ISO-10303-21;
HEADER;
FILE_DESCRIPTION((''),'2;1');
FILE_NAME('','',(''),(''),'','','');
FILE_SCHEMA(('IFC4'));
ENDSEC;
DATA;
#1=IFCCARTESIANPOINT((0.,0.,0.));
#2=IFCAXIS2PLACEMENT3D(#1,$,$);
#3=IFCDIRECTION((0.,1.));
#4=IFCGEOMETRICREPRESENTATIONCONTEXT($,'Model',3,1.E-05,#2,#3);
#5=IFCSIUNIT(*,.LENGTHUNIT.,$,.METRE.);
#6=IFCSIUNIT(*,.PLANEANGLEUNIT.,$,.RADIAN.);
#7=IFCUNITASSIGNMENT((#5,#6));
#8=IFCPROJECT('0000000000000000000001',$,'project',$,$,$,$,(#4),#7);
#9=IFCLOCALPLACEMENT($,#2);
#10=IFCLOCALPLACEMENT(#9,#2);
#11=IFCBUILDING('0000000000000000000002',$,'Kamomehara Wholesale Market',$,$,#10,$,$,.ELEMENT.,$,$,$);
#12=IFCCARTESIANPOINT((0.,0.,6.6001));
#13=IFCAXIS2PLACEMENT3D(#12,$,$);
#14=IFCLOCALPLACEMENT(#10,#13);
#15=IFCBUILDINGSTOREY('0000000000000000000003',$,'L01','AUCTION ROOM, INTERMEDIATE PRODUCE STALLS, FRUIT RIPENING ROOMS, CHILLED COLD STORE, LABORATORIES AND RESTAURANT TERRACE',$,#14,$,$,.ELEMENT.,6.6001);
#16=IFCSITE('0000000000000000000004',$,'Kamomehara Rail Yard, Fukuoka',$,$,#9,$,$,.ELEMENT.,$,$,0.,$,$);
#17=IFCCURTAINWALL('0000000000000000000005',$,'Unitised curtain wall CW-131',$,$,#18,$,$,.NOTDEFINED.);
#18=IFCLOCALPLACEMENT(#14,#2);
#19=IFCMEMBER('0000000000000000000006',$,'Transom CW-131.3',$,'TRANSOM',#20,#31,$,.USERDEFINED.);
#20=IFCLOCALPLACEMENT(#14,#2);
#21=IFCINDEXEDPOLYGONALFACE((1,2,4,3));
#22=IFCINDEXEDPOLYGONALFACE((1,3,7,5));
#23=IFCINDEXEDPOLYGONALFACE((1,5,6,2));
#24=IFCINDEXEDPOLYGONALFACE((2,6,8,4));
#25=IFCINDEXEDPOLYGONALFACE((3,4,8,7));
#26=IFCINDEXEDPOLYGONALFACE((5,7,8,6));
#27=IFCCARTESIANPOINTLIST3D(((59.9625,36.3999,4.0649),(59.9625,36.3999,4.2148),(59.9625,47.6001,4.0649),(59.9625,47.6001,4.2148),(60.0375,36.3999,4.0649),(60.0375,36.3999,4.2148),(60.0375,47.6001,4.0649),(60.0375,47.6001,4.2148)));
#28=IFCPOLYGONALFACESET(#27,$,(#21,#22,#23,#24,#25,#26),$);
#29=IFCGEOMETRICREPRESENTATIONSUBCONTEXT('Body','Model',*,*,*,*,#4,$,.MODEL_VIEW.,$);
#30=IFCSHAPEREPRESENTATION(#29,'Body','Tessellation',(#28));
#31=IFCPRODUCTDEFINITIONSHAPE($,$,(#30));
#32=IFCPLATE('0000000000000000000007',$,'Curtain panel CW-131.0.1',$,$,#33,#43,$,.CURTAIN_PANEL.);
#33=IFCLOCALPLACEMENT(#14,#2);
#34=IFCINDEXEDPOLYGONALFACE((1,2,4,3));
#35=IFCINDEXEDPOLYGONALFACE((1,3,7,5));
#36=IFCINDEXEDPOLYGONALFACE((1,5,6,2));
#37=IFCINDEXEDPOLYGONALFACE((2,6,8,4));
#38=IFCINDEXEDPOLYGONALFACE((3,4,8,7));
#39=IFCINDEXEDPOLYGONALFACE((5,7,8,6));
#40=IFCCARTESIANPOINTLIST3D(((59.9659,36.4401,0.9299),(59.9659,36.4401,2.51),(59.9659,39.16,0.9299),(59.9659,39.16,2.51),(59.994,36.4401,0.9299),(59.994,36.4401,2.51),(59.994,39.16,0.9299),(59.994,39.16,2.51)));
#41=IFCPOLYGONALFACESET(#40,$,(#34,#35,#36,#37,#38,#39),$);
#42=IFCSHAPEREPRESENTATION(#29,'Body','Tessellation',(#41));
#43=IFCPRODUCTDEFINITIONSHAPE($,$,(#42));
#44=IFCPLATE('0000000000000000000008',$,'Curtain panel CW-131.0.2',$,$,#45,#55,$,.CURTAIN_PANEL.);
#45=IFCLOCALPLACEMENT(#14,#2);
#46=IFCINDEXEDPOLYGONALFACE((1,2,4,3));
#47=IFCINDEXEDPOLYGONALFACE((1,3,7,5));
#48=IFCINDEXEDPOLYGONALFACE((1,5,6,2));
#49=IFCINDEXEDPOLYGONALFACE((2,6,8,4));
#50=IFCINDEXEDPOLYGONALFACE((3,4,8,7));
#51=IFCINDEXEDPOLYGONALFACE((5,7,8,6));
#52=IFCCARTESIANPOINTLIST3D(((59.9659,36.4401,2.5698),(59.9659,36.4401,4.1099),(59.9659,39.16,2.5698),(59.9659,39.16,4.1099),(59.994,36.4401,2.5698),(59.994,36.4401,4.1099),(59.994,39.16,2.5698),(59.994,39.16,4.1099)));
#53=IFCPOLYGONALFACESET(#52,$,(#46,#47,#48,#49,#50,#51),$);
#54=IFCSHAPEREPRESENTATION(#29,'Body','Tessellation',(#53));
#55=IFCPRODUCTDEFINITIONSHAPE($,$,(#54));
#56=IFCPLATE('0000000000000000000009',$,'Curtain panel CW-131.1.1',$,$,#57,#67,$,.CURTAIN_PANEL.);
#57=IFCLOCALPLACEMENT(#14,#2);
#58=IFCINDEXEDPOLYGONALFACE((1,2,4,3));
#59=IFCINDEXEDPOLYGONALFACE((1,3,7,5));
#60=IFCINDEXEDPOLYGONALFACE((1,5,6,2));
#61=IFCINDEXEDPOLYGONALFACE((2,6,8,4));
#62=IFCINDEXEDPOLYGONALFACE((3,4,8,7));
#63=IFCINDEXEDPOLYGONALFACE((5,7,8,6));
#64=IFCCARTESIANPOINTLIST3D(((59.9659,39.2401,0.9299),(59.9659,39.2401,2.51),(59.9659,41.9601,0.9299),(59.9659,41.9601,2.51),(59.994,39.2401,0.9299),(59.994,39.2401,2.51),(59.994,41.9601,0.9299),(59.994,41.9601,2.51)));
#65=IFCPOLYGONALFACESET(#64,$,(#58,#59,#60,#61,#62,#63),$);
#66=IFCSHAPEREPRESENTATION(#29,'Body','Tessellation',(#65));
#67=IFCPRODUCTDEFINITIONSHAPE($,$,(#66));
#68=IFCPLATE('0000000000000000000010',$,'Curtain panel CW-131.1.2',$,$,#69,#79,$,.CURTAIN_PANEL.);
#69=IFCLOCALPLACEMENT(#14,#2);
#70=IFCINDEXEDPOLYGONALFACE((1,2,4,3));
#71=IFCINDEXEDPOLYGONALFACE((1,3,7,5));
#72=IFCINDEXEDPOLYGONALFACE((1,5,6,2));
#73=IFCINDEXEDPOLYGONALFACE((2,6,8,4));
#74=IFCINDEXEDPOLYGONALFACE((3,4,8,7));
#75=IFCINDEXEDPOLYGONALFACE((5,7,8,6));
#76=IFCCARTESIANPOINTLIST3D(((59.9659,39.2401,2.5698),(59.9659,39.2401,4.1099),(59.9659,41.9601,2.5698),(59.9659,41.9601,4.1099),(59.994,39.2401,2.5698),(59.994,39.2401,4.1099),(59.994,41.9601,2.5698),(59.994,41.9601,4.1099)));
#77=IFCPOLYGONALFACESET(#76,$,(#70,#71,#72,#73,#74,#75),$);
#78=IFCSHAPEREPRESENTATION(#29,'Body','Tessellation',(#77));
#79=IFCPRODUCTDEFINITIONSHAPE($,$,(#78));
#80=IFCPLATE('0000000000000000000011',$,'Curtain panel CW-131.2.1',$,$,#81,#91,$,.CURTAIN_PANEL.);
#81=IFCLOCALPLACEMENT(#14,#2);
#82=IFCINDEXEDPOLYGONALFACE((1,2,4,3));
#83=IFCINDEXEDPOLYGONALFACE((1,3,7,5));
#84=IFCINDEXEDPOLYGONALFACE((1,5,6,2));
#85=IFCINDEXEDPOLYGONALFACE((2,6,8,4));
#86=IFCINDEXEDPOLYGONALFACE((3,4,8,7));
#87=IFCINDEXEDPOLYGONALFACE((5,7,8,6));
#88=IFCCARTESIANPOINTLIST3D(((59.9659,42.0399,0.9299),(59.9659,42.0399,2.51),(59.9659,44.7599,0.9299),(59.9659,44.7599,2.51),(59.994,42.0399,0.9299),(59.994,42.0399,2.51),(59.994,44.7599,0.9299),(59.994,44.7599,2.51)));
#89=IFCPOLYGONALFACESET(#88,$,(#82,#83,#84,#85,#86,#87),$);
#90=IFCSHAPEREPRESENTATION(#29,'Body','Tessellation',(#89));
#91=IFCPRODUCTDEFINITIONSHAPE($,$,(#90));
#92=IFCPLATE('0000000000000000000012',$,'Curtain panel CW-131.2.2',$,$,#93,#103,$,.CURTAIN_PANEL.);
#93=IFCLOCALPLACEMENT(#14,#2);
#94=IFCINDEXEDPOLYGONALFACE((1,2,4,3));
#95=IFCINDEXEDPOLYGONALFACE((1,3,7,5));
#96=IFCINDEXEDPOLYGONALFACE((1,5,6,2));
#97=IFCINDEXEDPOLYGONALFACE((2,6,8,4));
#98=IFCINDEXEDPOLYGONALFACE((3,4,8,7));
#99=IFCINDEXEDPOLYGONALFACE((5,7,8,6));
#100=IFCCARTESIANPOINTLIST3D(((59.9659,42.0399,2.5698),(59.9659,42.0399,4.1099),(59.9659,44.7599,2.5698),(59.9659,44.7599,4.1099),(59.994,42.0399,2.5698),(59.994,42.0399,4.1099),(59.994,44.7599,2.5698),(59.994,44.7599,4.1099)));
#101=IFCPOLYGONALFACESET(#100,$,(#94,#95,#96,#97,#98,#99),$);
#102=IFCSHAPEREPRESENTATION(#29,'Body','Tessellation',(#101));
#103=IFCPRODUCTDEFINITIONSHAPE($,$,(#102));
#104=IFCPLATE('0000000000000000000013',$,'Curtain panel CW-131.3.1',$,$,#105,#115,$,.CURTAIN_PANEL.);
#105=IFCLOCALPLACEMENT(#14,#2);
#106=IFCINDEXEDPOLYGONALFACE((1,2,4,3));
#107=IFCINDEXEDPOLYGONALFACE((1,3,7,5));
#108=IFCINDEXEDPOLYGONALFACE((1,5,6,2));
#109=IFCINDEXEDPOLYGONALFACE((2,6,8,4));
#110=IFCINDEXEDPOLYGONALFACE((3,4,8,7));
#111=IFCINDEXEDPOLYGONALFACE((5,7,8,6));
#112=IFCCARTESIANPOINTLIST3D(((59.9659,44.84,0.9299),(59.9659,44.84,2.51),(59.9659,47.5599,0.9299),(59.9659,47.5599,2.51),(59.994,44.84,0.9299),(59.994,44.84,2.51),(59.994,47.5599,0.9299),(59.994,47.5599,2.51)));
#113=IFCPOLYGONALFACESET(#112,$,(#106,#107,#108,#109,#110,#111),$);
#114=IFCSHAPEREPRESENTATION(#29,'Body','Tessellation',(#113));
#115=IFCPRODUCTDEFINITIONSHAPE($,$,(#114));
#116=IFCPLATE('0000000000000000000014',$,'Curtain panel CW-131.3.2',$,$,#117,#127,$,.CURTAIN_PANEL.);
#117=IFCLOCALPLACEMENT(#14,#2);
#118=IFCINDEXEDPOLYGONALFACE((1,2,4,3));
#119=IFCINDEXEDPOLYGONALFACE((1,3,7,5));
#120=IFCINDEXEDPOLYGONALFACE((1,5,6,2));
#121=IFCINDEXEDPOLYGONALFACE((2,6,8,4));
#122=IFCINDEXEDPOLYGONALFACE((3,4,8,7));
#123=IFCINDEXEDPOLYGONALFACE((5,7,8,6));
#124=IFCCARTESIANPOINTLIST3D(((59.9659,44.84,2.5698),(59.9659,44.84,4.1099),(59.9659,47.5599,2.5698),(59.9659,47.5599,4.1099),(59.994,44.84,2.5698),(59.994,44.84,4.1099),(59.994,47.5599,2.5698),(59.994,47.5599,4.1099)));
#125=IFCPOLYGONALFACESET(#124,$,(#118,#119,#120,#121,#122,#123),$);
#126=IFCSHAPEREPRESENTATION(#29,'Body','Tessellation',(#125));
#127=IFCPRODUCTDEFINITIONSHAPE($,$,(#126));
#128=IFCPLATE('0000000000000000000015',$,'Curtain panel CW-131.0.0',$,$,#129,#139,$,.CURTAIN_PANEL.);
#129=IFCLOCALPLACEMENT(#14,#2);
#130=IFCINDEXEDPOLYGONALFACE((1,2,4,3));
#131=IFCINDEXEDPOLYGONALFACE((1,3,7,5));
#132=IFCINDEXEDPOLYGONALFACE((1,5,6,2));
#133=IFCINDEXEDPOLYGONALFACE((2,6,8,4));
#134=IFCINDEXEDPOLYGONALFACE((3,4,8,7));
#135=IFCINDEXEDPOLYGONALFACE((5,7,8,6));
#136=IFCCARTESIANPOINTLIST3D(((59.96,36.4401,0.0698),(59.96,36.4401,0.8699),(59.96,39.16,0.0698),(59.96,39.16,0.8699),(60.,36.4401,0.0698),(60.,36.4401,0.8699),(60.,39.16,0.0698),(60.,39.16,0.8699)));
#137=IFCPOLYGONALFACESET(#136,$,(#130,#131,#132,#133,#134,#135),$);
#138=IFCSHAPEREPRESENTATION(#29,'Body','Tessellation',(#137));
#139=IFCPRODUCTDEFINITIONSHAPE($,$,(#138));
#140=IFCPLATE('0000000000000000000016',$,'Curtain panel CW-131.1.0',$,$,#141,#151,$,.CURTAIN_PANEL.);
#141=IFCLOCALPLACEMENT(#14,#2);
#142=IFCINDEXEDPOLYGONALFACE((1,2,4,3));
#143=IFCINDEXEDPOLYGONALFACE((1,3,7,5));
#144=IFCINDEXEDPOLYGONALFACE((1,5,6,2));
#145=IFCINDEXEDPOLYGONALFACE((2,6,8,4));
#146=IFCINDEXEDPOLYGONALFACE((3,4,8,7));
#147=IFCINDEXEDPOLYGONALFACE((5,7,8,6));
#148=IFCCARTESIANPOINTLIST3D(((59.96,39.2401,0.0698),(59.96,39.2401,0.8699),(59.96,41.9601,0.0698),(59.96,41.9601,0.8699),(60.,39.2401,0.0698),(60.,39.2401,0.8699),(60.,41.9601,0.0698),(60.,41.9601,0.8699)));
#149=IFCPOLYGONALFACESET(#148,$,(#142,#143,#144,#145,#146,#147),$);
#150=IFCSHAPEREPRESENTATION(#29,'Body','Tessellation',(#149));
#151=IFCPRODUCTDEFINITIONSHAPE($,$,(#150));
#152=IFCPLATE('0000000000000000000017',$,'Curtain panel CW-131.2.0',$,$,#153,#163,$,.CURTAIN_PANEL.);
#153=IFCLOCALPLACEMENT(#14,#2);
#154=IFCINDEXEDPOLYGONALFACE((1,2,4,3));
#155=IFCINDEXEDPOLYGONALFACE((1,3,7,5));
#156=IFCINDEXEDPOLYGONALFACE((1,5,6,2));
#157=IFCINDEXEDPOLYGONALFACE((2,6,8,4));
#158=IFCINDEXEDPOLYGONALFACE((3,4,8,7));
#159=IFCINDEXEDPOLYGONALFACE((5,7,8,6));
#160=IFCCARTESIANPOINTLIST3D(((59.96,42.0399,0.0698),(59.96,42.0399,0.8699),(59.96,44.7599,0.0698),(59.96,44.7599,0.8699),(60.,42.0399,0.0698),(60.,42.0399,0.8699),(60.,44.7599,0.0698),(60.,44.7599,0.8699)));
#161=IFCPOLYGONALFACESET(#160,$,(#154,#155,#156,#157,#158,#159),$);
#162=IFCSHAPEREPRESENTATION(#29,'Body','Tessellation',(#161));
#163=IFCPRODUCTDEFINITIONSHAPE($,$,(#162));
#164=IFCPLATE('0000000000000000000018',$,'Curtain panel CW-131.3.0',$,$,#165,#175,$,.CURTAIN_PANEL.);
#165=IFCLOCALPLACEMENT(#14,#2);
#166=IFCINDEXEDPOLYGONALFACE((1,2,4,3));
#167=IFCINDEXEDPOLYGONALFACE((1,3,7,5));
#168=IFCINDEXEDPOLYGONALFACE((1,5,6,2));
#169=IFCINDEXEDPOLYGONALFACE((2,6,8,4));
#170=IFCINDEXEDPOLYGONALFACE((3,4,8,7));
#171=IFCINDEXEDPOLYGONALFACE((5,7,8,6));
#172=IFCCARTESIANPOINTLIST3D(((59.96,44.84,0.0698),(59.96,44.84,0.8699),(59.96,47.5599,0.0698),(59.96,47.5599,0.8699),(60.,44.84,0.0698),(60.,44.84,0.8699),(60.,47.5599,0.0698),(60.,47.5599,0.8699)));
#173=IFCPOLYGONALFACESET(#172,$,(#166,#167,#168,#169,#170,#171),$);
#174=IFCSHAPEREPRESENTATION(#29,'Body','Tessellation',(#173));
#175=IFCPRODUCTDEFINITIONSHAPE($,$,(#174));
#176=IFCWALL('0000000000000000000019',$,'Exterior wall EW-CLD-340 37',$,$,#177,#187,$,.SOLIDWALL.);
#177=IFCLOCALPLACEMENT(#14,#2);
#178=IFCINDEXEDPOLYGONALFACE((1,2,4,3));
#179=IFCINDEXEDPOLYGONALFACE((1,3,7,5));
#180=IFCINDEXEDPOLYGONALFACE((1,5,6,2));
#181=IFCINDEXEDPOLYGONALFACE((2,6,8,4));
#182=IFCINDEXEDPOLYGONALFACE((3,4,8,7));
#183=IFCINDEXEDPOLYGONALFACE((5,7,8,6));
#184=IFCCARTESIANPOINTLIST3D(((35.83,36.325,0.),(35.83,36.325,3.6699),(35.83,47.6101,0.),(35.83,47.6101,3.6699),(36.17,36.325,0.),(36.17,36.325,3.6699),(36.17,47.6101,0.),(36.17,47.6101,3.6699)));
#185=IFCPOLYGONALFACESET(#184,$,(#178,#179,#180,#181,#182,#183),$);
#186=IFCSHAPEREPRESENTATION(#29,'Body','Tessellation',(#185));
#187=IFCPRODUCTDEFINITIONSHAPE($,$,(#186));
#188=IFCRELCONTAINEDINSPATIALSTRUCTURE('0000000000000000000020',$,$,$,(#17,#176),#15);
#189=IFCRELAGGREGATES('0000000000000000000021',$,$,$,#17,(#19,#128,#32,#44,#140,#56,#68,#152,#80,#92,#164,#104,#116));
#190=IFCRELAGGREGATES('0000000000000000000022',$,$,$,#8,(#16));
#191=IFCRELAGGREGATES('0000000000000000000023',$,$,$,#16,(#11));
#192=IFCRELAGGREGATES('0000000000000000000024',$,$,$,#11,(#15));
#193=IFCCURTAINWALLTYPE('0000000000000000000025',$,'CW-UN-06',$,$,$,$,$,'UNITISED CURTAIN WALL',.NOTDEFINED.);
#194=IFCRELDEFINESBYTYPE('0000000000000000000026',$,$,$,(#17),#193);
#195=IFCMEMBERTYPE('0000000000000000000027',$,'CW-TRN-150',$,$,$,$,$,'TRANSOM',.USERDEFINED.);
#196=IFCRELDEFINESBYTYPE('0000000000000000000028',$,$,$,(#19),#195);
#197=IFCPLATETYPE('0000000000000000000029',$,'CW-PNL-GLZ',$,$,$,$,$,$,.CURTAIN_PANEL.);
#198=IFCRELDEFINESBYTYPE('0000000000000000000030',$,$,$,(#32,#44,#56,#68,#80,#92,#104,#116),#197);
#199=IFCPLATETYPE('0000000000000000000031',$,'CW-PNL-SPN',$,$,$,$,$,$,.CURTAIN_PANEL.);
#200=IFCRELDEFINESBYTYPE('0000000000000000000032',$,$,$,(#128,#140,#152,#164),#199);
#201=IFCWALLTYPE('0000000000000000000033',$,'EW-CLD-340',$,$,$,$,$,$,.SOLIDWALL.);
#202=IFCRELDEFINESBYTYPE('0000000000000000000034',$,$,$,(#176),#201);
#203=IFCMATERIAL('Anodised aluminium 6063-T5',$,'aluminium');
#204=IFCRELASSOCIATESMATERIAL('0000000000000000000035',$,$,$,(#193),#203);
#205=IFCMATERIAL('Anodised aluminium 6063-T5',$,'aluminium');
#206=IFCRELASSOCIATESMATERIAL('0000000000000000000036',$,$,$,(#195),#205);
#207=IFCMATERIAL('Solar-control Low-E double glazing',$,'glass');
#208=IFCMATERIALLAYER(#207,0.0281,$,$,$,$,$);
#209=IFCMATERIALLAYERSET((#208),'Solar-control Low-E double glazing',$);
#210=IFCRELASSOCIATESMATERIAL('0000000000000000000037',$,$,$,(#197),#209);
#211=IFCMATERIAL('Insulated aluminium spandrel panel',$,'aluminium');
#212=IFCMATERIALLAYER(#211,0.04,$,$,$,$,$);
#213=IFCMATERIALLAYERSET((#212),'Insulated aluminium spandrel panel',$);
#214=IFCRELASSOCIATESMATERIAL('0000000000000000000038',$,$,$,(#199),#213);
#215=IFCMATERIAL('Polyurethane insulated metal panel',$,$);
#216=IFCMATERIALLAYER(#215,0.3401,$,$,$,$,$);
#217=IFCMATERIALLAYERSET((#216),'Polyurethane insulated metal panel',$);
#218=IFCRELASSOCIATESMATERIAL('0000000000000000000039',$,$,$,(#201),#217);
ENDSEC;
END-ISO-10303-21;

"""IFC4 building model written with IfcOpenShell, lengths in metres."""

from ifc_helpers import new_model, si_unit, direction, frame, frame_2d, origin, origin_2d, place, context, subcontext, project, spatial, rectangle, extrude, material, layer, layer_set, material_profile, profile_set, type_object, element, aggregate, save


model = new_model("IFC4")

# Units and contexts
model_context = context("Model", 3, precision=1e-05, world=origin(), true_north=direction((0.0, 1.0)))
body_context = subcontext(model_context, "Body", "Model", "MODEL_VIEW")
ifc_project = project(units=[si_unit("LENGTHUNIT", "METRE"), si_unit("PLANEANGLEUNIT", "RADIAN")], contexts=[model_context])

# Site, building, storey
site_placement = place(None, origin())
site = spatial("IfcSite", under=ifc_project, at=site_placement, Name="Kamomehara Rail Yard, Fukuoka", CompositionType="ELEMENT", RefElevation=0.0)
building_placement = place(site_placement, origin())
building = spatial("IfcBuilding", under=site, at=building_placement, Name="Kamomehara Wholesale Market", CompositionType="ELEMENT")
storey_placement = place(building_placement, frame((0.0, 0.0, 6.6001)))
storey = spatial("IfcBuildingStorey", under=building, at=storey_placement, Name="L01", Description="AUCTION ROOM, INTERMEDIATE PRODUCE STALLS, FRUIT RIPENING ROOMS, CHILLED COLD STORE, LABORATORIES AND RESTAURANT TERRACE", CompositionType="ELEMENT", Elevation=6.6001)

# Curtain wall, member, plates
ifc_material_1 = material(Name="Anodised aluminium 6063-T5", Category="aluminium")
curtain_wall_type = type_object("IfcCurtainWallType", Name="CW-UN-06", ElementType="UNITISED CURTAIN WALL", PredefinedType="NOTDEFINED", material=ifc_material_1)
curtain_wall_placement = place(storey_placement, origin())
curtain_wall = element("IfcCurtainWall", 1, at=curtain_wall_placement, inside=storey, type_object=curtain_wall_type, Name="Unitised curtain wall CW-131", PredefinedType="NOTDEFINED")
ifc_material_2 = material(Name="Anodised aluminium 6063-T5", Category="aluminium")
ifc_material_profile_1 = material_profile(ifc_material_2, rectangle(XDim=0.075, YDim=0.1499, at=origin_2d()), Name="ALU-TRN-75x150")
ifc_profile_set_1 = profile_set([ifc_material_profile_1], Name="Anodised aluminium 6063-T5")
member_type_1 = type_object("IfcMemberType", Name="CW-TRN-150", ElementType="TRANSOM", PredefinedType="USERDEFINED", material=ifc_profile_set_1)
member_1_placement = place(storey_placement, frame((60.0, 36.3999, 4.1399), z_axis=(0.0, 1.0, 0.0), x_axis=(-1.0, 0.0, 0.0)))
member_1 = element("IfcMember", 2, at=member_1_placement, type_object=member_type_1, Name="Transom CW-131.3", ObjectType="TRANSOM", PredefinedType="USERDEFINED", context=body_context, shape_type="SweptSolid", body=[
    extrude(rectangle(XDim=0.075, YDim=0.1499, at=origin_2d()), origin(), (0.0, 0.0, 1.0), 11.2002),
])
ifc_material_3 = material(Name="Solar-control Low-E double glazing", Category="glass")
ifc_layer_1 = layer(ifc_material_3, 0.0281)
ifc_layer_set_1 = layer_set([ifc_layer_1], Name="Solar-control Low-E double glazing")
plate_type_1 = type_object("IfcPlateType", Name="CW-PNL-GLZ", PredefinedType="CURTAIN_PANEL", material=ifc_layer_set_1)
plate_1_placement = place(storey_placement, frame((59.98, 37.8, 0.9299), z_axis=(0.0, 0.0, 1.0), x_axis=(0.0, 1.0, 0.0)))
plate_1 = element("IfcPlate", 3, at=plate_1_placement, type_object=plate_type_1, Name="Curtain panel CW-131.0.1", PredefinedType="CURTAIN_PANEL", context=body_context, shape_type="SweptSolid", body=[
    extrude(rectangle(XDim=2.72, YDim=0.0281, at=origin_2d()), origin(), (0.0, 0.0, 1.0), 1.5801),
])
plate_2_placement = place(storey_placement, frame((59.98, 37.8, 2.5698), z_axis=(0.0, 0.0, 1.0), x_axis=(0.0, 1.0, 0.0)))
plate_2 = element("IfcPlate", 4, at=plate_2_placement, type_object=plate_type_1, Name="Curtain panel CW-131.0.2", PredefinedType="CURTAIN_PANEL", context=body_context, shape_type="SweptSolid", body=[
    extrude(rectangle(XDim=2.72, YDim=0.0281, at=origin_2d()), origin(), (0.0, 0.0, 1.0), 1.54),
])
plate_3_placement = place(storey_placement, frame((59.98, 40.6001, 0.9299), z_axis=(0.0, 0.0, 1.0), x_axis=(0.0, 1.0, 0.0)))
plate_3 = element("IfcPlate", 5, at=plate_3_placement, type_object=plate_type_1, Name="Curtain panel CW-131.1.1", PredefinedType="CURTAIN_PANEL", context=body_context, shape_type="SweptSolid", body=[
    extrude(rectangle(XDim=2.72, YDim=0.0281, at=origin_2d()), origin(), (0.0, 0.0, 1.0), 1.5801),
])
plate_4_placement = place(storey_placement, frame((59.98, 40.6001, 2.5698), z_axis=(0.0, 0.0, 1.0), x_axis=(0.0, 1.0, 0.0)))
plate_4 = element("IfcPlate", 6, at=plate_4_placement, type_object=plate_type_1, Name="Curtain panel CW-131.1.2", PredefinedType="CURTAIN_PANEL", context=body_context, shape_type="SweptSolid", body=[
    extrude(rectangle(XDim=2.72, YDim=0.0281, at=origin_2d()), origin(), (0.0, 0.0, 1.0), 1.54),
])
plate_5_placement = place(storey_placement, frame((59.98, 43.3999, 0.9299), z_axis=(0.0, 0.0, 1.0), x_axis=(0.0, 1.0, 0.0)))
plate_5 = element("IfcPlate", 7, at=plate_5_placement, type_object=plate_type_1, Name="Curtain panel CW-131.2.1", PredefinedType="CURTAIN_PANEL", context=body_context, shape_type="SweptSolid", body=[
    extrude(rectangle(XDim=2.72, YDim=0.0281, at=origin_2d()), origin(), (0.0, 0.0, 1.0), 1.5801),
])
plate_6_placement = place(storey_placement, frame((59.98, 43.3999, 2.5698), z_axis=(0.0, 0.0, 1.0), x_axis=(0.0, 1.0, 0.0)))
plate_6 = element("IfcPlate", 8, at=plate_6_placement, type_object=plate_type_1, Name="Curtain panel CW-131.2.2", PredefinedType="CURTAIN_PANEL", context=body_context, shape_type="SweptSolid", body=[
    extrude(rectangle(XDim=2.72, YDim=0.0281, at=origin_2d()), origin(), (0.0, 0.0, 1.0), 1.54),
])
plate_7_placement = place(storey_placement, frame((59.98, 46.2, 0.9299), z_axis=(0.0, 0.0, 1.0), x_axis=(0.0, 1.0, 0.0)))
plate_7 = element("IfcPlate", 9, at=plate_7_placement, type_object=plate_type_1, Name="Curtain panel CW-131.3.1", PredefinedType="CURTAIN_PANEL", context=body_context, shape_type="SweptSolid", body=[
    extrude(rectangle(XDim=2.72, YDim=0.0281, at=origin_2d()), origin(), (0.0, 0.0, 1.0), 1.5801),
])
plate_8_placement = place(storey_placement, frame((59.98, 46.2, 2.5698), z_axis=(0.0, 0.0, 1.0), x_axis=(0.0, 1.0, 0.0)))
plate_8 = element("IfcPlate", 10, at=plate_8_placement, type_object=plate_type_1, Name="Curtain panel CW-131.3.2", PredefinedType="CURTAIN_PANEL", context=body_context, shape_type="SweptSolid", body=[
    extrude(rectangle(XDim=2.72, YDim=0.0281, at=origin_2d()), origin(), (0.0, 0.0, 1.0), 1.54),
])
ifc_material_4 = material(Name="Insulated aluminium spandrel panel", Category="aluminium")
ifc_layer_2 = layer(ifc_material_4, 0.04)
ifc_layer_set_2 = layer_set([ifc_layer_2], Name="Insulated aluminium spandrel panel")
plate_type_2 = type_object("IfcPlateType", Name="CW-PNL-SPN", PredefinedType="CURTAIN_PANEL", material=ifc_layer_set_2)
plate_9_placement = place(storey_placement, frame((59.98, 37.8, 0.0698), z_axis=(0.0, 0.0, 1.0), x_axis=(0.0, 1.0, 0.0)))
plate_9 = element("IfcPlate", 11, at=plate_9_placement, type_object=plate_type_2, Name="Curtain panel CW-131.0.0", PredefinedType="CURTAIN_PANEL", context=body_context, shape_type="SweptSolid", body=[
    extrude(rectangle(XDim=2.72, YDim=0.04, at=origin_2d()), origin(), (0.0, 0.0, 1.0), 0.8),
])
plate_10_placement = place(storey_placement, frame((59.98, 40.6001, 0.0698), z_axis=(0.0, 0.0, 1.0), x_axis=(0.0, 1.0, 0.0)))
plate_10 = element("IfcPlate", 12, at=plate_10_placement, type_object=plate_type_2, Name="Curtain panel CW-131.1.0", PredefinedType="CURTAIN_PANEL", context=body_context, shape_type="SweptSolid", body=[
    extrude(rectangle(XDim=2.72, YDim=0.04, at=origin_2d()), origin(), (0.0, 0.0, 1.0), 0.8),
])
plate_11_placement = place(storey_placement, frame((59.98, 43.3999, 0.0698), z_axis=(0.0, 0.0, 1.0), x_axis=(0.0, 1.0, 0.0)))
plate_11 = element("IfcPlate", 13, at=plate_11_placement, type_object=plate_type_2, Name="Curtain panel CW-131.2.0", PredefinedType="CURTAIN_PANEL", context=body_context, shape_type="SweptSolid", body=[
    extrude(rectangle(XDim=2.72, YDim=0.04, at=origin_2d()), origin(), (0.0, 0.0, 1.0), 0.8),
])
plate_12_placement = place(storey_placement, frame((59.98, 46.2, 0.0698), z_axis=(0.0, 0.0, 1.0), x_axis=(0.0, 1.0, 0.0)))
plate_12 = element("IfcPlate", 14, at=plate_12_placement, type_object=plate_type_2, Name="Curtain panel CW-131.3.0", PredefinedType="CURTAIN_PANEL", context=body_context, shape_type="SweptSolid", body=[
    extrude(rectangle(XDim=2.72, YDim=0.04, at=origin_2d()), origin(), (0.0, 0.0, 1.0), 0.8),
])
aggregate(curtain_wall, [member_1, plate_9, plate_1, plate_2, plate_10, plate_3, plate_4, plate_11, plate_5, plate_6, plate_12, plate_7, plate_8])

# Wall
ifc_material_5 = material(Name="Polyurethane insulated metal panel")
ifc_layer_3 = layer(ifc_material_5, 0.3401)
ifc_layer_set_3 = layer_set([ifc_layer_3], Name="Polyurethane insulated metal panel")
wall_type = type_object("IfcWallType", Name="EW-CLD-340", PredefinedType="SOLIDWALL", material=ifc_layer_set_3)
wall_placement = place(storey_placement, frame((36.0, 47.6101, 0.0), z_axis=(0.0, 0.0, 1.0), x_axis=(0.0, -1.0, 0.0)))
element("IfcWall", 15, at=wall_placement, inside=storey, type_object=wall_type, Name="Exterior wall EW-CLD-340 37", PredefinedType="SOLIDWALL", context=body_context, shape_type="SweptSolid", body=[
    extrude(rectangle(XDim=11.2852, YDim=0.3401, at=frame_2d((5.6426, 0.0))), origin(), (0.0, 0.0, 1.0), 3.6699),
])

save(model, "model.ifc")
